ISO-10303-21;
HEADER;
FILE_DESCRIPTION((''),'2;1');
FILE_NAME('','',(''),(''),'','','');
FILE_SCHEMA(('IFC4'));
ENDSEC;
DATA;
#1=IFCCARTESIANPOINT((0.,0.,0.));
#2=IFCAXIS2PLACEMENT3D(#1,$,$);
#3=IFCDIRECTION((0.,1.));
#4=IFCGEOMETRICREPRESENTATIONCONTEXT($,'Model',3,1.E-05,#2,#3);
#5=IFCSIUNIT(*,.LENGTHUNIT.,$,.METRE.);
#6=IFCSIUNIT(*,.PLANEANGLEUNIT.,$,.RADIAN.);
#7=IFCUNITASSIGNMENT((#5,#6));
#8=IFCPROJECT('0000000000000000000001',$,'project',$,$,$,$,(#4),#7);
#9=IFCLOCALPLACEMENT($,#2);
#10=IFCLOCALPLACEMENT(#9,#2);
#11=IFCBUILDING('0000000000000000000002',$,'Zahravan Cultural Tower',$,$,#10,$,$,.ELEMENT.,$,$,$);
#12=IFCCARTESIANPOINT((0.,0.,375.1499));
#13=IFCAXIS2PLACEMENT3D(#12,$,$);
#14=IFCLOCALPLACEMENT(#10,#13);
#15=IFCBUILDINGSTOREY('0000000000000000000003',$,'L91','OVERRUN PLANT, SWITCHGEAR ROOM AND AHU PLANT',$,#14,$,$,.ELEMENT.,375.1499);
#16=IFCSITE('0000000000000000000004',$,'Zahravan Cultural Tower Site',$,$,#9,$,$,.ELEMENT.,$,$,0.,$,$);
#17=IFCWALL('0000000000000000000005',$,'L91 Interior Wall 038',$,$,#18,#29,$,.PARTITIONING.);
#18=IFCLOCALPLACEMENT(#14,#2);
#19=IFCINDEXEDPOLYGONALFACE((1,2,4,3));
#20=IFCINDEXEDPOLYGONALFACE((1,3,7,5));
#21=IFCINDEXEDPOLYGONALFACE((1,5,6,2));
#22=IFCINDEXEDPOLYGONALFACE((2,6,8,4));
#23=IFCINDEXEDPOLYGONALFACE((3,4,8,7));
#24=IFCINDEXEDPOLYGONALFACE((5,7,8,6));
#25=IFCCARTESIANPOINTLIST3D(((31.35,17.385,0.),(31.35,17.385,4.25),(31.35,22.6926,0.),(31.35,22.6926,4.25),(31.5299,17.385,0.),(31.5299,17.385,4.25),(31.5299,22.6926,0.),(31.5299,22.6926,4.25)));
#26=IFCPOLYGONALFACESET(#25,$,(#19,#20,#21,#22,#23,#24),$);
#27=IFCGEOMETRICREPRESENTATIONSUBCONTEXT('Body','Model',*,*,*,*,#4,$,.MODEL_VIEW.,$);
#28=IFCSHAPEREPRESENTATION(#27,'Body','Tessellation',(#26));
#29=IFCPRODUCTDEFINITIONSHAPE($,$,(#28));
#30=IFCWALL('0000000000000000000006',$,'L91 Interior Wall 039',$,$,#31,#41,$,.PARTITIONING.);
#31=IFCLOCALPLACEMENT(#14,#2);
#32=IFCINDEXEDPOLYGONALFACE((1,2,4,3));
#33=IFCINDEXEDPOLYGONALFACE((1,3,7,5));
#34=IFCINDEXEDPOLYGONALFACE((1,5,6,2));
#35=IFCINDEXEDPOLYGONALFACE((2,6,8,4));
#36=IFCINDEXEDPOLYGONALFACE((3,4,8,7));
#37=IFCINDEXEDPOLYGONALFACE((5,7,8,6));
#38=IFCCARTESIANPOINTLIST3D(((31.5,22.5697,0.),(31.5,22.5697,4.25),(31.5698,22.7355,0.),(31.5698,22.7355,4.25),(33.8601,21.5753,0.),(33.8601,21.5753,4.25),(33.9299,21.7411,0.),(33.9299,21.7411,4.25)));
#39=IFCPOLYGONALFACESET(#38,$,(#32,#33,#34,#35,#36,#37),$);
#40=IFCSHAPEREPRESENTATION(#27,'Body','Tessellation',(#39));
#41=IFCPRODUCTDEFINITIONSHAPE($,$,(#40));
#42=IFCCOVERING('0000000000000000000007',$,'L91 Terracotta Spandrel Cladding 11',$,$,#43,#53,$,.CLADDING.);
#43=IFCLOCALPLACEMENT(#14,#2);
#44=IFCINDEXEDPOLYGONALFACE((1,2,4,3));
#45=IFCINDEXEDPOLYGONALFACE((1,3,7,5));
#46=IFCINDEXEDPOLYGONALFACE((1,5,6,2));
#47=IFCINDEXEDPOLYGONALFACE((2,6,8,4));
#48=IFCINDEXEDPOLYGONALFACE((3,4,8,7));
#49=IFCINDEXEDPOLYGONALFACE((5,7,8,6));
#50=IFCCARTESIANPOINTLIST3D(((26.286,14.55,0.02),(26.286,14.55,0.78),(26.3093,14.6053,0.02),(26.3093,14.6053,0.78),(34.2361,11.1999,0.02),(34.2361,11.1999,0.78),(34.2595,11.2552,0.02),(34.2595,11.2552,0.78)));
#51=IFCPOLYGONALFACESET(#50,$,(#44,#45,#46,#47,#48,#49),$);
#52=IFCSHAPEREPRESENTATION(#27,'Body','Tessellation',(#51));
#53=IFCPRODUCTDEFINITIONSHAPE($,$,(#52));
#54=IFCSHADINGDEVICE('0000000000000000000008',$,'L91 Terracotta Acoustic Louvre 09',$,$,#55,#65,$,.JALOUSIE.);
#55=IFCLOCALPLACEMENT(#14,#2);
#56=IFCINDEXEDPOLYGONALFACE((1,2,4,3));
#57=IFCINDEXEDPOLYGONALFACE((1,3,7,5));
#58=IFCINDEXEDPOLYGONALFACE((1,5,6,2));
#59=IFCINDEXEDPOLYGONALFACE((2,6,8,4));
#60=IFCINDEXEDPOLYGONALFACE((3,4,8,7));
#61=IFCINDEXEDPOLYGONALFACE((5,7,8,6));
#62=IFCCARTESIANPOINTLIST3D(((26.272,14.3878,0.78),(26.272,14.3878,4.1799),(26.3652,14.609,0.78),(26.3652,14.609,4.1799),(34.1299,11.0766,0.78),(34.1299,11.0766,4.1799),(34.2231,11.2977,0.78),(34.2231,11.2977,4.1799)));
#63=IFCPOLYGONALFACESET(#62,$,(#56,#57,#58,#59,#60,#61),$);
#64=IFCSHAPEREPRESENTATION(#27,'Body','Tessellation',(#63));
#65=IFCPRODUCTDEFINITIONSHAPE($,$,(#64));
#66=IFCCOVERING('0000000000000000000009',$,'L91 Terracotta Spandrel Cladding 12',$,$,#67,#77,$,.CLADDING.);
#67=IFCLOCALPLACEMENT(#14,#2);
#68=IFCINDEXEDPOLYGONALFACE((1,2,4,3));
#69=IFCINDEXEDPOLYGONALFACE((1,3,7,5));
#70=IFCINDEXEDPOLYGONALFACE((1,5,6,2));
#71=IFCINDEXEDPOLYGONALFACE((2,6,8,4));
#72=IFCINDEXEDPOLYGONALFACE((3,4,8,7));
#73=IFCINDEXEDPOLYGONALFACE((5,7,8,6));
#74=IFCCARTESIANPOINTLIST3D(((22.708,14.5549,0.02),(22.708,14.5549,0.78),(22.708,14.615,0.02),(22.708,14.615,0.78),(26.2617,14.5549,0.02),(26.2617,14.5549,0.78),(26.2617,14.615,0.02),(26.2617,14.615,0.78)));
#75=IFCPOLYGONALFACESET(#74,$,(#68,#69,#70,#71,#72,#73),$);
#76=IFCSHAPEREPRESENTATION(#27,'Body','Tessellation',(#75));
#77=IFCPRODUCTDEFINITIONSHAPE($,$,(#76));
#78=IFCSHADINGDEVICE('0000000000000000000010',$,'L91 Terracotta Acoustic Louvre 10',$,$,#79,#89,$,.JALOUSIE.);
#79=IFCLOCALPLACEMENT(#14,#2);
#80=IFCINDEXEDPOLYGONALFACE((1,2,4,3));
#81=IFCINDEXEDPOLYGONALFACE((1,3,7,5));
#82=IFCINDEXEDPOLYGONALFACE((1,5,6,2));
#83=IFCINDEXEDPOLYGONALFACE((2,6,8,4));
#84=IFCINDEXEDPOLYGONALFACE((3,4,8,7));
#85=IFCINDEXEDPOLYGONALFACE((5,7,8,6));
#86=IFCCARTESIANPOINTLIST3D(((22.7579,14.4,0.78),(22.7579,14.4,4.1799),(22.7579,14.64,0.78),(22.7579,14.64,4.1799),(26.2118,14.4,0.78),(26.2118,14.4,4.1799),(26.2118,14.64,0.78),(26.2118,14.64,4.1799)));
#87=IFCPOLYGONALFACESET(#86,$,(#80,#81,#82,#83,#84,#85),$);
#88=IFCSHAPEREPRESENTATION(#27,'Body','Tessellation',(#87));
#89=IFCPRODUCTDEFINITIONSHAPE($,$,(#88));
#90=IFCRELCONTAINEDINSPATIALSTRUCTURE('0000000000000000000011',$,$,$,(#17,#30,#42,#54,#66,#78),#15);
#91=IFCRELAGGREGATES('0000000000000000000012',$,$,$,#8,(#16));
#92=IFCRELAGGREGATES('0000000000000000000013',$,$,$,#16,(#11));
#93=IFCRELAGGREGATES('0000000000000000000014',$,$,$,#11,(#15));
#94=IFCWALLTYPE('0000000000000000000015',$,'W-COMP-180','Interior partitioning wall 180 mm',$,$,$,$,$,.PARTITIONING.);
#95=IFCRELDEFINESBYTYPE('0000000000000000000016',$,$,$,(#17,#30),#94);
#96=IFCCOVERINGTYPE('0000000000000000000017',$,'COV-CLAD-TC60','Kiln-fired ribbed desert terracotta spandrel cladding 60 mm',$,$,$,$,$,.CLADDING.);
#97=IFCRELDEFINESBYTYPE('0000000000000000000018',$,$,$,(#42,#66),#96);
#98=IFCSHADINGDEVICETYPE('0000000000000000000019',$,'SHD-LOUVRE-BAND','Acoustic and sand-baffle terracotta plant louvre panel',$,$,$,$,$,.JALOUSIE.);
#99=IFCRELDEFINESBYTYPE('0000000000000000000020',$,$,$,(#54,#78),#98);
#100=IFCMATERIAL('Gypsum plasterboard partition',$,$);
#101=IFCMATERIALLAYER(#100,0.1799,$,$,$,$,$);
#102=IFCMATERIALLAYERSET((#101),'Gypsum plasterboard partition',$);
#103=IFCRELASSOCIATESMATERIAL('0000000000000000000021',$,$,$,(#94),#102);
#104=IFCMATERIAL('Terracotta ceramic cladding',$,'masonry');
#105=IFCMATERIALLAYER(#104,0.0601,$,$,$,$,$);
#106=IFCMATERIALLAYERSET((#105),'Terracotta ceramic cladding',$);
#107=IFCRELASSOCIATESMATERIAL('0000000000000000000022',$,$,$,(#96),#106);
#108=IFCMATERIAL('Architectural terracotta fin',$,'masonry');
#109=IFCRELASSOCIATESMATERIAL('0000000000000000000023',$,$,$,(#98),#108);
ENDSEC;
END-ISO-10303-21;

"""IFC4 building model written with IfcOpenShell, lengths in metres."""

from ifc_helpers import new_model, si_unit, direction, frame, frame_2d, origin, origin_2d, place, context, subcontext, project, spatial, rectangle, extrude, source, transform, mapped, material, layer, layer_set, type_object, element, save


model = new_model("IFC4")

# Units and contexts
model_context = context("Model", 3, precision=1e-05, world=origin(), true_north=direction((0.0, 1.0)))
body_context = subcontext(model_context, "Body", "Model", "MODEL_VIEW")
ifc_project = project(units=[si_unit("LENGTHUNIT", "METRE"), si_unit("PLANEANGLEUNIT", "RADIAN")], contexts=[model_context])

# Site, building, storey
site_placement = place(None, origin())
site = spatial("IfcSite", under=ifc_project, at=site_placement, Name="Zahravan Cultural Tower Site", CompositionType="ELEMENT", RefElevation=0.0)
building_placement = place(site_placement, origin())
building = spatial("IfcBuilding", under=site, at=building_placement, Name="Zahravan Cultural Tower", CompositionType="ELEMENT")
storey_placement = place(building_placement, frame((0.0, 0.0, 375.1499)))
storey = spatial("IfcBuildingStorey", under=building, at=storey_placement, Name="L91", Description="OVERRUN PLANT, SWITCHGEAR ROOM AND AHU PLANT", CompositionType="ELEMENT", Elevation=375.1499)

# Walls
ifc_material_1 = material(Name="Gypsum plasterboard partition")
ifc_layer_1 = layer(ifc_material_1, 0.1799)
ifc_layer_set_1 = layer_set([ifc_layer_1], Name="Gypsum plasterboard partition")
wall_type_1 = type_object("IfcWallType", Name="W-COMP-180", Description="Interior partitioning wall 180 mm", PredefinedType="PARTITIONING", material=ifc_layer_set_1)
shared_shape_1 = source(origin(), body_context, "Body", "SweptSolid", [
    extrude(rectangle(XDim=5.3076, YDim=0.1799, at=frame_2d((2.6538, 0.0))), origin(), (0.0, 0.0, 1.0), 4.25),
])
wall_1_placement = place(storey_placement, frame((31.4399, 17.385, 0.0), z_axis=(0.0, 0.0, 1.0), x_axis=(0.0, 1.0, 0.0)))
element("IfcWall", 1, at=wall_1_placement, inside=storey, type_object=wall_type_1, Name="L91 Interior Wall 038", PredefinedType="PARTITIONING", context=body_context, shape_type="MappedRepresentation", body=[
    mapped(shared_shape_1, transform((0.0, 0.0, 0.0), x_axis=(1.0, 0.0, 0.0), y_axis=(0.0, 1.0, 0.0), z_axis=(0.0, 0.0, 1.0), scale=1.0)),
])
shared_shape_2 = source(origin(), body_context, "Body", "SweptSolid", [
    extrude(rectangle(XDim=2.561, YDim=0.1799, at=frame_2d((1.2805, 0.0))), origin(), (0.0, 0.0, 1.0), 4.25),
])
wall_2_placement = place(storey_placement, frame((31.5349, 22.6526, 0.0), z_axis=(0.0, 0.0, 1.0), x_axis=(0.921544, -0.388274, 0.0)))
element("IfcWall", 2, at=wall_2_placement, inside=storey, type_object=wall_type_1, Name="L91 Interior Wall 039", PredefinedType="PARTITIONING", context=body_context, shape_type="MappedRepresentation", body=[
    mapped(shared_shape_2, transform((0.0, 0.0, 0.0), x_axis=(1.0, 0.0, 0.0), y_axis=(0.0, 1.0, 0.0), z_axis=(0.0, 0.0, 1.0), scale=1.0)),
])

# Covering
ifc_material_2 = material(Name="Terracotta ceramic cladding", Category="masonry")
ifc_layer_2 = layer(ifc_material_2, 0.0601)
ifc_layer_set_2 = layer_set([ifc_layer_2], Name="Terracotta ceramic cladding")
covering_type = type_object("IfcCoveringType", Name="COV-CLAD-TC60", Description="Kiln-fired ribbed desert terracotta spandrel cladding 60 mm", PredefinedType="CLADDING", material=ifc_layer_set_2)
shared_shape_3 = source(origin(), body_context, "Body", "SweptSolid", [
    extrude(rectangle(XDim=8.6272, YDim=0.0601, at=origin_2d()), origin(), (0.0, 0.0, 1.0), 0.76),
])
covering_1_placement = place(storey_placement, frame((30.2727, 12.9026, 0.02), z_axis=(0.0, 0.0, 1.0), x_axis=(-0.921525, 0.38832, 0.0)))
element("IfcCovering", 3, at=covering_1_placement, inside=storey, type_object=covering_type, Name="L91 Terracotta Spandrel Cladding 11", PredefinedType="CLADDING", context=body_context, shape_type="MappedRepresentation", body=[
    mapped(shared_shape_3, transform((0.0, 0.0, 0.0), x_axis=(1.0, 0.0, 0.0), y_axis=(0.0, 1.0, 0.0), z_axis=(0.0, 0.0, 1.0), scale=1.0)),
])

# Shading device
ifc_material_3 = material(Name="Architectural terracotta fin", Category="masonry")
shading_device_type = type_object("IfcShadingDeviceType", Name="SHD-LOUVRE-BAND", Description="Acoustic and sand-baffle terracotta plant louvre panel", PredefinedType="JALOUSIE", material=ifc_material_3)
shared_shape_4 = source(origin(), body_context, "Body", "SweptSolid", [
    extrude(rectangle(XDim=8.5271, YDim=0.24, at=origin_2d()), origin(), (0.0, 0.0, 1.0), 3.3999),
])
shading_device_1_placement = place(storey_placement, frame((30.2476, 12.8428, 0.78), z_axis=(0.0, 0.0, 1.0), x_axis=(-0.921525, 0.38832, 0.0)))
element("IfcShadingDevice", 4, at=shading_device_1_placement, inside=storey, type_object=shading_device_type, Name="L91 Terracotta Acoustic Louvre 09", PredefinedType="JALOUSIE", context=body_context, shape_type="MappedRepresentation", body=[
    mapped(shared_shape_4, transform((0.0, 0.0, 0.0), x_axis=(1.0, 0.0, 0.0), y_axis=(0.0, 1.0, 0.0), z_axis=(0.0, 0.0, 1.0), scale=1.0)),
])

# Covering
shared_shape_5 = source(origin(), body_context, "Body", "SweptSolid", [
    extrude(rectangle(XDim=3.5537, YDim=0.0601, at=origin_2d()), origin(), (0.0, 0.0, 1.0), 0.76),
])
covering_2_placement = place(storey_placement, frame((24.4849, 14.585, 0.02), z_axis=(0.0, 0.0, 1.0), x_axis=(-1.0, 0.0, 0.0)))
element("IfcCovering", 5, at=covering_2_placement, inside=storey, type_object=covering_type, Name="L91 Terracotta Spandrel Cladding 12", PredefinedType="CLADDING", context=body_context, shape_type="MappedRepresentation", body=[
    mapped(shared_shape_5, transform((0.0, 0.0, 0.0), x_axis=(1.0, 0.0, 0.0), y_axis=(0.0, 1.0, 0.0), z_axis=(0.0, 0.0, 1.0), scale=1.0)),
])

# Shading device
shared_shape_6 = source(origin(), body_context, "Body", "SweptSolid", [
    extrude(rectangle(XDim=3.4539, YDim=0.24, at=origin_2d()), origin(), (0.0, 0.0, 1.0), 3.3999),
])
shading_device_2_placement = place(storey_placement, frame((24.4849, 14.52, 0.78), z_axis=(0.0, 0.0, 1.0), x_axis=(-1.0, 0.0, 0.0)))
element("IfcShadingDevice", 6, at=shading_device_2_placement, inside=storey, type_object=shading_device_type, Name="L91 Terracotta Acoustic Louvre 10", PredefinedType="JALOUSIE", context=body_context, shape_type="MappedRepresentation", body=[
    mapped(shared_shape_6, transform((0.0, 0.0, 0.0), x_axis=(1.0, 0.0, 0.0), y_axis=(0.0, 1.0, 0.0), z_axis=(0.0, 0.0, 1.0), scale=1.0)),
])

save(model, "model.ifc")
